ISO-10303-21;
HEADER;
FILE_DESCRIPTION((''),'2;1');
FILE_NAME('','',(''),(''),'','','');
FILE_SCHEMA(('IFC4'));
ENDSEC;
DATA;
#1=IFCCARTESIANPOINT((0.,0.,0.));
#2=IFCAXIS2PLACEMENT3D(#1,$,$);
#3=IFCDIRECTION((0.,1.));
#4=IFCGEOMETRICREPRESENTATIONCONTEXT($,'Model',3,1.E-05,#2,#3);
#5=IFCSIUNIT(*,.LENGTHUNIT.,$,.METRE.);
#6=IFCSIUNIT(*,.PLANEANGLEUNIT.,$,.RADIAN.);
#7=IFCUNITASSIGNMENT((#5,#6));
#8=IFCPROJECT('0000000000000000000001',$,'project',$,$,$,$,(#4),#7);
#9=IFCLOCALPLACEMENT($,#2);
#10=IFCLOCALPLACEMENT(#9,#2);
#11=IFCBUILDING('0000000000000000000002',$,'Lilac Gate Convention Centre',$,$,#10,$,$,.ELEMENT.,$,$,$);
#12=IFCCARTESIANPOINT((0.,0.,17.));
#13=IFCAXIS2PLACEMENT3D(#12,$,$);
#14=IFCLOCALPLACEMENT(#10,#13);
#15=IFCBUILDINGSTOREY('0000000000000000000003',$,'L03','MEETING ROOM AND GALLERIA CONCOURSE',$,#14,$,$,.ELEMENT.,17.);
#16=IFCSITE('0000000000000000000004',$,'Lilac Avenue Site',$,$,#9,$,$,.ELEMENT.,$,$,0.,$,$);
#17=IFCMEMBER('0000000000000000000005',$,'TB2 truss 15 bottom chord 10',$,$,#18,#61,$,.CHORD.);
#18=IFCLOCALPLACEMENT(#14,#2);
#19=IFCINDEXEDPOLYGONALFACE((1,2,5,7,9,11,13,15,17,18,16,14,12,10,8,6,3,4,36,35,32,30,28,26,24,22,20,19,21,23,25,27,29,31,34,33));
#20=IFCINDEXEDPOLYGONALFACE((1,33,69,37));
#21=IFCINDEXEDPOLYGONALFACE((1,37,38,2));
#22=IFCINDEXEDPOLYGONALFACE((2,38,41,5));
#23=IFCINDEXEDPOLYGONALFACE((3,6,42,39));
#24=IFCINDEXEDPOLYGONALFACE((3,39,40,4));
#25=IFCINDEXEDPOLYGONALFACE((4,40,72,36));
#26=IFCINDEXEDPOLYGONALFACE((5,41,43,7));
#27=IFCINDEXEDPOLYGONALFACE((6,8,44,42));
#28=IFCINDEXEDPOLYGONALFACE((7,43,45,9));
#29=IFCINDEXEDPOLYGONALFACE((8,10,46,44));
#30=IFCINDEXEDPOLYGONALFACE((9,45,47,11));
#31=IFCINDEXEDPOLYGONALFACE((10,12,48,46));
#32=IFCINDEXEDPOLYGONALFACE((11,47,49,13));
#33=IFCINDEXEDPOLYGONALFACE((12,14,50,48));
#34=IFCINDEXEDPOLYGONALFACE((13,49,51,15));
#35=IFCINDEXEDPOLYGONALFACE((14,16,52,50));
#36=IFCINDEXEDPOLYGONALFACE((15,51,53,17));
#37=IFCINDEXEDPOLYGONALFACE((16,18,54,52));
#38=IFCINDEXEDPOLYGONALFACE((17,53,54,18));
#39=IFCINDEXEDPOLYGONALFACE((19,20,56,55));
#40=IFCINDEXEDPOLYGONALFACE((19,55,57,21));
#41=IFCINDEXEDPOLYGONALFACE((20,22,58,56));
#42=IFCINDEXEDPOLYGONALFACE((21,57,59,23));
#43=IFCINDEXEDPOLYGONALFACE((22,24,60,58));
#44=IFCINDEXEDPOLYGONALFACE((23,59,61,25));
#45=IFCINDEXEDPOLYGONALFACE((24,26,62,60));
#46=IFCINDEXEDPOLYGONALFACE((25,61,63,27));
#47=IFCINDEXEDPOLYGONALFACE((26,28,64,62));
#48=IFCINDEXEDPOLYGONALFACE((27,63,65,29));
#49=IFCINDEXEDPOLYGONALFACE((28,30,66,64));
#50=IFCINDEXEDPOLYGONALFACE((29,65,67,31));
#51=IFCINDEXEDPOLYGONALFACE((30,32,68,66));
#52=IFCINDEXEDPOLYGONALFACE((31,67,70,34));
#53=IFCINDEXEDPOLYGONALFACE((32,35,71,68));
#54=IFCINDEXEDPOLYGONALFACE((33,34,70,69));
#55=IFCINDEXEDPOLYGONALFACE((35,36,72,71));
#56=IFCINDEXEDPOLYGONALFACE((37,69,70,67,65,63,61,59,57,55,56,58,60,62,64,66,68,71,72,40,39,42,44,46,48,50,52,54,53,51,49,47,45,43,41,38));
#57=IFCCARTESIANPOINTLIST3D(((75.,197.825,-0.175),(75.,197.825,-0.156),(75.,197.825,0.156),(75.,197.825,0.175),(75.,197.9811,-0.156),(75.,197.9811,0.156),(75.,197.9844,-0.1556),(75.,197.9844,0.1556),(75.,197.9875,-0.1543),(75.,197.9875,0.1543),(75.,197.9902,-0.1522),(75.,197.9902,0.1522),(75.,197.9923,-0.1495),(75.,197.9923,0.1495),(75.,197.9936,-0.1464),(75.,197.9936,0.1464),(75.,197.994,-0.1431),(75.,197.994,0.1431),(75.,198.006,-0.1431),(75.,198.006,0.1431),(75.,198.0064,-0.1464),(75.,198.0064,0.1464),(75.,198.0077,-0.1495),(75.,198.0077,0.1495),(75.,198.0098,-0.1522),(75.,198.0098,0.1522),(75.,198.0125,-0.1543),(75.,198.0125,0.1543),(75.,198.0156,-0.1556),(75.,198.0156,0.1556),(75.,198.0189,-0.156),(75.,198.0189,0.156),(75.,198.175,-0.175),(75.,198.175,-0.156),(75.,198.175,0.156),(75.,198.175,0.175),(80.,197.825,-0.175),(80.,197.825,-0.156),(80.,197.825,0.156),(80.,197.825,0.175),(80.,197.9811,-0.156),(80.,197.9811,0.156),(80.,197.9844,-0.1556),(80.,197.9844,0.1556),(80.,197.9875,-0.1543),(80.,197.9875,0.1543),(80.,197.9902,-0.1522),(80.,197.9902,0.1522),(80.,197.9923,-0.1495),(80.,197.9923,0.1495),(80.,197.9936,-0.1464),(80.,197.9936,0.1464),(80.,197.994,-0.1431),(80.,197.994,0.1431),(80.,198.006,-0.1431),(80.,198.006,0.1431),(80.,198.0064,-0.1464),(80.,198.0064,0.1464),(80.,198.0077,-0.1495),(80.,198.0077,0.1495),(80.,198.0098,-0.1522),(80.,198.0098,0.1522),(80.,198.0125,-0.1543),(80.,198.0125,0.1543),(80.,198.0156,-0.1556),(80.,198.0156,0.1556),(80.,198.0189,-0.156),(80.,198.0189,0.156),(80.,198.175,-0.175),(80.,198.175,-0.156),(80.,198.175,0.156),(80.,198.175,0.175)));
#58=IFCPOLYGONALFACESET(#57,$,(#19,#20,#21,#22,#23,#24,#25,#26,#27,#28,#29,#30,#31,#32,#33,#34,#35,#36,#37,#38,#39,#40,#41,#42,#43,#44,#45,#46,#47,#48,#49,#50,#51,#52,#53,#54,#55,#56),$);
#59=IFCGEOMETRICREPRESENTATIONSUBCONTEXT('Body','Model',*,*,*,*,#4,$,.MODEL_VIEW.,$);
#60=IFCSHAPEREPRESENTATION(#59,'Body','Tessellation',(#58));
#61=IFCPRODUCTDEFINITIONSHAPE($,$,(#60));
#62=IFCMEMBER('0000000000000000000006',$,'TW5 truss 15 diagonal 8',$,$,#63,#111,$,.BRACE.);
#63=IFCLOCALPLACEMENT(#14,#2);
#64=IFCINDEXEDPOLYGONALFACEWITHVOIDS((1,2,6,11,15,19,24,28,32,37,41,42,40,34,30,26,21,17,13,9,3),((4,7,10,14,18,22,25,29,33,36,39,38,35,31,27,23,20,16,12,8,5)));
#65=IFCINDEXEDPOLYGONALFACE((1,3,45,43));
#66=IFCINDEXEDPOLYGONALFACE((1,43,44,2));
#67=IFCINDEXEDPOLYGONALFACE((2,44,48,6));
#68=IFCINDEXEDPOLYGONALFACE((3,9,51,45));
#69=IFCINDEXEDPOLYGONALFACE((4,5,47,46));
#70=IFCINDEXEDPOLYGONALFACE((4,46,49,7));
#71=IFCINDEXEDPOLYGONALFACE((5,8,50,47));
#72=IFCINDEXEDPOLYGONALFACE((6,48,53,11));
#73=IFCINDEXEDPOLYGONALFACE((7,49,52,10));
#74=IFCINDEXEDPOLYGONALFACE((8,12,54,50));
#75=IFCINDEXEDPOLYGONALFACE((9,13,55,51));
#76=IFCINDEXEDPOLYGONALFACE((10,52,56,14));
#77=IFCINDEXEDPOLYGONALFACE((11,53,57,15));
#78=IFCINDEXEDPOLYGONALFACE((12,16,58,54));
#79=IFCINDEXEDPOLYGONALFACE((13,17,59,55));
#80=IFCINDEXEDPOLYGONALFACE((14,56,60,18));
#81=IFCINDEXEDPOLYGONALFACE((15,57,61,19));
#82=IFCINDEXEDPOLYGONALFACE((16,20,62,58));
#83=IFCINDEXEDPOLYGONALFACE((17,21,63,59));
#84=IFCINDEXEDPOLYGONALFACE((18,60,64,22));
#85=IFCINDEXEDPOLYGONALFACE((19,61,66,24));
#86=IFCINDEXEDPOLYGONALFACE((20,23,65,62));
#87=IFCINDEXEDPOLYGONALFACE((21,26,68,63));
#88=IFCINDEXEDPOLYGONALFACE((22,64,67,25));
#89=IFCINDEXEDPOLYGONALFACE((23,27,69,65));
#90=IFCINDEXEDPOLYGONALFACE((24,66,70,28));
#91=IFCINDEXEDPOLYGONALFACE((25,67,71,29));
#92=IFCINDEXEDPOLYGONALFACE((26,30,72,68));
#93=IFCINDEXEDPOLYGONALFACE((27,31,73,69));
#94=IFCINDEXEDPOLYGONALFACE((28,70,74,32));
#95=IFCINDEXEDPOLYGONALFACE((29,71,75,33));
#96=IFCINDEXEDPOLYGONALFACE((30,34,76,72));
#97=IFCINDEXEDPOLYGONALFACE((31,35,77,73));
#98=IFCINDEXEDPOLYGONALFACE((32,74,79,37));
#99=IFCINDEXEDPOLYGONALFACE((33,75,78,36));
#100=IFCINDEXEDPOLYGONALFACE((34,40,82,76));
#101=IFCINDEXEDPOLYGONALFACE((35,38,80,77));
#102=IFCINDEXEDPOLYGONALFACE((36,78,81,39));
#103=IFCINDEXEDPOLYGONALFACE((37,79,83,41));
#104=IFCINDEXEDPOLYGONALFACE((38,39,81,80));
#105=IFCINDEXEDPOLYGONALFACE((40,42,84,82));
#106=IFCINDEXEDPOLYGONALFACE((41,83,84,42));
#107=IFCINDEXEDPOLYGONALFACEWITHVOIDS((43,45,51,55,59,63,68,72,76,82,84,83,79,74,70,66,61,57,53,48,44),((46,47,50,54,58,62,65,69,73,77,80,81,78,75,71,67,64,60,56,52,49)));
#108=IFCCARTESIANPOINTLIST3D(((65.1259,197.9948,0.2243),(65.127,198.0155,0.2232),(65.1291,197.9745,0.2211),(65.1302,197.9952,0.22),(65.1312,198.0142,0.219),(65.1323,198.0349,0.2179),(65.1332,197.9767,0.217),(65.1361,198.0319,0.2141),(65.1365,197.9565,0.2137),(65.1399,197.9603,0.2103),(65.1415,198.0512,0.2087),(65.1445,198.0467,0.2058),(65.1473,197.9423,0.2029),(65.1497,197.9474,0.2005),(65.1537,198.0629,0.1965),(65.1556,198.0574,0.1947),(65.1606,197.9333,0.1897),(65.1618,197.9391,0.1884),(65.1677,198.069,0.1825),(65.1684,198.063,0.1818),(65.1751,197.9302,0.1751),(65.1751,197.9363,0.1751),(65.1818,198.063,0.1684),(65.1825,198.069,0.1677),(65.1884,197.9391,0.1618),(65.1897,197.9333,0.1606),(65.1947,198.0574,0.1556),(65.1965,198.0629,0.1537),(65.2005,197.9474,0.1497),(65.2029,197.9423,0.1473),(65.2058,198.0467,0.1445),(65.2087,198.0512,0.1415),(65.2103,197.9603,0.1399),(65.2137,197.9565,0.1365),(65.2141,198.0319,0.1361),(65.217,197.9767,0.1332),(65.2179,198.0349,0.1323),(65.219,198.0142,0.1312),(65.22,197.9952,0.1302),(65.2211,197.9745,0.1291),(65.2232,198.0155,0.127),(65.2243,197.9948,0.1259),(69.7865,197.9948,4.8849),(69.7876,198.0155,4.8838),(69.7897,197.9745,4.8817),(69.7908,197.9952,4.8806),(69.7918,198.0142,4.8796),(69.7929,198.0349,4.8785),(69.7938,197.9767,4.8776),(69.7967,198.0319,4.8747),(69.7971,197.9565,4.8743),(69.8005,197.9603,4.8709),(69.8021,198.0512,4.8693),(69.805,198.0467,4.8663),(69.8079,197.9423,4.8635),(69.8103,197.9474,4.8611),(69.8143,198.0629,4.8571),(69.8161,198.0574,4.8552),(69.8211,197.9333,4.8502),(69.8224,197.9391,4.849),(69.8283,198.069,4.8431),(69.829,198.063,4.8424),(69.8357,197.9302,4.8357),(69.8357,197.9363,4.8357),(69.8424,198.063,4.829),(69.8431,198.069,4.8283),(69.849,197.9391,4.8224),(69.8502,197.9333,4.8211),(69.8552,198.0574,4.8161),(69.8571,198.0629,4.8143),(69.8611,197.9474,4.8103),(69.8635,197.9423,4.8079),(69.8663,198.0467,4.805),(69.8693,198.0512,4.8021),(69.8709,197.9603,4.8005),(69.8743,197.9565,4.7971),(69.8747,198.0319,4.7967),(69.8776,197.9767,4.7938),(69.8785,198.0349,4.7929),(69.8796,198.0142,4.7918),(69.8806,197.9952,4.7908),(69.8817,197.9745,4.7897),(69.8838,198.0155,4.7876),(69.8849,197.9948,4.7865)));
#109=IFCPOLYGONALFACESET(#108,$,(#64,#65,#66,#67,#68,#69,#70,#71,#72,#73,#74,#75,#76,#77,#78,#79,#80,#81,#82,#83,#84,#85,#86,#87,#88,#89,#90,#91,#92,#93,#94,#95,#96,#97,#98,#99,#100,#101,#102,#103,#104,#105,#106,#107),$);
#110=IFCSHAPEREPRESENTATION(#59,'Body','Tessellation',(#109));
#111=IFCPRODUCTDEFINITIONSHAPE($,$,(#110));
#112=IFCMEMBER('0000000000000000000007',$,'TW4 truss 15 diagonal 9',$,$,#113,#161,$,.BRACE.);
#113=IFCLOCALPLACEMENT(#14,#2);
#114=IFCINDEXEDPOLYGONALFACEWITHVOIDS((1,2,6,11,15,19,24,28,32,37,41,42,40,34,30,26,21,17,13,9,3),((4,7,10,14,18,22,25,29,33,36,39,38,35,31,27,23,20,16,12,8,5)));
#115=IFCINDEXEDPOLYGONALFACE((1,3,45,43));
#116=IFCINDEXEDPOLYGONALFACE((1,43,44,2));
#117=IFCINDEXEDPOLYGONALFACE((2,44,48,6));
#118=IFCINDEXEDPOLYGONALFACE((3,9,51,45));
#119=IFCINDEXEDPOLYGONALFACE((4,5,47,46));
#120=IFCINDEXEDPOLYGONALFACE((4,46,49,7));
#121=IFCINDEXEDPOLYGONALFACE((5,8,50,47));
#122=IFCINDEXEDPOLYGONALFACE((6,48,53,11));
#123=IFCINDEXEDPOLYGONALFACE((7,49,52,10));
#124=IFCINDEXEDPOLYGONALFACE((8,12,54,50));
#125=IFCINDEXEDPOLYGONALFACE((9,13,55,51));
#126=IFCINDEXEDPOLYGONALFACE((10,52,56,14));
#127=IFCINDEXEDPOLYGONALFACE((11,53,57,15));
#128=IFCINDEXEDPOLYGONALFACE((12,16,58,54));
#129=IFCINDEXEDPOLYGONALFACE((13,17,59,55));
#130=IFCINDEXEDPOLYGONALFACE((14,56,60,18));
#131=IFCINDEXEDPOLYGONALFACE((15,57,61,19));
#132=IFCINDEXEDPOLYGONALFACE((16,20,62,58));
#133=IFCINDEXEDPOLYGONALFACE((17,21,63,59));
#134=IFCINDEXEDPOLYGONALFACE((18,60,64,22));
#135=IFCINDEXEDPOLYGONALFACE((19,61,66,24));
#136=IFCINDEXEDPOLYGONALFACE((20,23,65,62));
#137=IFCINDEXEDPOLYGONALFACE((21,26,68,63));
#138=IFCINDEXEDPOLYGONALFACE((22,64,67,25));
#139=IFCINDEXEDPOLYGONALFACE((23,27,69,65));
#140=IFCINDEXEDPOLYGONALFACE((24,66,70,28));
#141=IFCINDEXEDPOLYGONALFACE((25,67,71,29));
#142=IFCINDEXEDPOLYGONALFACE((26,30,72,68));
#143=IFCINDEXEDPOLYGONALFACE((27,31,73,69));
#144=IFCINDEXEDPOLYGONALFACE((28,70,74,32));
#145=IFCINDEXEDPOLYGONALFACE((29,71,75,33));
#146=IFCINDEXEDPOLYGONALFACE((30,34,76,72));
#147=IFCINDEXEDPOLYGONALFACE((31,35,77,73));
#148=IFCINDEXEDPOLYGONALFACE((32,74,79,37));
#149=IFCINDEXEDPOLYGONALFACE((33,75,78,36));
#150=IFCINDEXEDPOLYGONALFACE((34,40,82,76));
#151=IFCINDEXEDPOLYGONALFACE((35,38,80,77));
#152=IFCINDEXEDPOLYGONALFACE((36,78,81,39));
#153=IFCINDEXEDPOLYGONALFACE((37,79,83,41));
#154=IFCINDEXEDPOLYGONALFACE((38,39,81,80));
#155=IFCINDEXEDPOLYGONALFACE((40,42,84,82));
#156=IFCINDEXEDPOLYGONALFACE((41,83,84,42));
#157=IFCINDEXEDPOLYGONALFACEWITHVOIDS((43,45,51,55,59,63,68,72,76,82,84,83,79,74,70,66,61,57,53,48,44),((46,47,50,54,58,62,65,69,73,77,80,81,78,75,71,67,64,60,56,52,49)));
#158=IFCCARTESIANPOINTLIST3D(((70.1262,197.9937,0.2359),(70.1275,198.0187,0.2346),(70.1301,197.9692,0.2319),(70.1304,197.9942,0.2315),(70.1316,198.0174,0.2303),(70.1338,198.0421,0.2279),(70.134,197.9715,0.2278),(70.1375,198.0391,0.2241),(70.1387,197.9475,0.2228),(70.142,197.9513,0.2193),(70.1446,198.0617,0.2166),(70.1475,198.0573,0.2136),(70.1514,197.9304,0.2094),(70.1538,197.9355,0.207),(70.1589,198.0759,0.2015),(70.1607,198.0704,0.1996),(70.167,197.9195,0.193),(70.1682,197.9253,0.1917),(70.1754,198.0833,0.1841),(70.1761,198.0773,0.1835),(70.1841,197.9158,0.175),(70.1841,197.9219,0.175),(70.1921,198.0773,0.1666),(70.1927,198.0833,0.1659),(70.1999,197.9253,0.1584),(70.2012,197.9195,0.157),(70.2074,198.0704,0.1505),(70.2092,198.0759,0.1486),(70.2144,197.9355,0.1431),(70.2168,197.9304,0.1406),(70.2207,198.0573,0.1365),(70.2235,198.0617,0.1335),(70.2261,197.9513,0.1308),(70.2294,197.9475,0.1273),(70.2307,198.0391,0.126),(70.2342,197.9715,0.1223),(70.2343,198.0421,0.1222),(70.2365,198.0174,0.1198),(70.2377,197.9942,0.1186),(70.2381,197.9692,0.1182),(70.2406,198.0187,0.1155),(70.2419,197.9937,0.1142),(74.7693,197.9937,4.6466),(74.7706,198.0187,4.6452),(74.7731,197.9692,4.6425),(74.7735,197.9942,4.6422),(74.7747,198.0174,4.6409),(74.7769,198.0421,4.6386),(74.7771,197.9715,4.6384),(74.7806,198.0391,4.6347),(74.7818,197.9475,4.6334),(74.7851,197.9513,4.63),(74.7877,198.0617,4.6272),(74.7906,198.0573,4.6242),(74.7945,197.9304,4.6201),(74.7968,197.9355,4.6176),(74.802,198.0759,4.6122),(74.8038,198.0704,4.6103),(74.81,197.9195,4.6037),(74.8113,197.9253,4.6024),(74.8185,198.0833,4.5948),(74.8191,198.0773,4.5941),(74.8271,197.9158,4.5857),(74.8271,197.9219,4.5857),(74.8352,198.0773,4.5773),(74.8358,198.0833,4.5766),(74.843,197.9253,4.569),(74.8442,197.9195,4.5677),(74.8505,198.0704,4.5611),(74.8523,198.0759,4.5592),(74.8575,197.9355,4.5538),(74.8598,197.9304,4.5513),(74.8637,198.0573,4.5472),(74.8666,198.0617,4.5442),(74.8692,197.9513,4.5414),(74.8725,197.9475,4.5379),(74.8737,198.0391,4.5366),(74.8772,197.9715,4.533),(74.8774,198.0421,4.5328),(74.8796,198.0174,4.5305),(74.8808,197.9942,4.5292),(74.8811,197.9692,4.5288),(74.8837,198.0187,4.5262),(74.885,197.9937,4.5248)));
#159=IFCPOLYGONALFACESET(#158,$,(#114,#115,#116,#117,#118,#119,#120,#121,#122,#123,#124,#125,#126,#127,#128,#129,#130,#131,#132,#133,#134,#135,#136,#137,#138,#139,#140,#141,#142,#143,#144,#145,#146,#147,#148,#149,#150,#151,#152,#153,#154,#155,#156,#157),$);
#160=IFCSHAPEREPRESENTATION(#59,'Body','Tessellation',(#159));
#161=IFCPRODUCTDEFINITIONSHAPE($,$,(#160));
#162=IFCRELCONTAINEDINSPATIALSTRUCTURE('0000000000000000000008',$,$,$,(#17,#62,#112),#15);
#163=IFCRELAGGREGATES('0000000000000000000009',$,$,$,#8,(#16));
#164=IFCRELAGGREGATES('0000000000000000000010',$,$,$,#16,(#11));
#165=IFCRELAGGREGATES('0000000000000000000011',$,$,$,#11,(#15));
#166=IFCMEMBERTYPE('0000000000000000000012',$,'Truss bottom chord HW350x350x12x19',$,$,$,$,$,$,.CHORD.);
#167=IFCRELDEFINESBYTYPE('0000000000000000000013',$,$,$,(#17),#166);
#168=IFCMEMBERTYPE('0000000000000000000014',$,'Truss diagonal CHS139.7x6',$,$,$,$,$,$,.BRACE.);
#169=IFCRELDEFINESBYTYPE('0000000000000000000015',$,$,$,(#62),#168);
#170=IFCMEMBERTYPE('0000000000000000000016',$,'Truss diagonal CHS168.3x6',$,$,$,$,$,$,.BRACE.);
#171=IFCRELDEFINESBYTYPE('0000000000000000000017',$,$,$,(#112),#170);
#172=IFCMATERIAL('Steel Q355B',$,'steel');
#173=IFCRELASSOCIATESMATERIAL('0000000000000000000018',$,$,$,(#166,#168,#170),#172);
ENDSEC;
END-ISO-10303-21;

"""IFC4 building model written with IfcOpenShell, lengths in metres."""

from ifc_helpers import new_model, si_unit, direction, frame, origin, origin_2d, place, context, subcontext, project, spatial, hollow_circle, i_section, extrude, material, material_profile, profile_set, type_object, element, save


model = new_model("IFC4")

# Units and contexts
model_context = context("Model", 3, precision=1e-05, world=origin(), true_north=direction((0.0, 1.0)))
body_context = subcontext(model_context, "Body", "Model", "MODEL_VIEW")
ifc_project = project(units=[si_unit("LENGTHUNIT", "METRE"), si_unit("PLANEANGLEUNIT", "RADIAN")], contexts=[model_context])

# Site, building, storey
site_placement = place(None, origin())
site = spatial("IfcSite", under=ifc_project, at=site_placement, Name="Lilac Avenue Site", CompositionType="ELEMENT", RefElevation=0.0)
building_placement = place(site_placement, origin())
building = spatial("IfcBuilding", under=site, at=building_placement, Name="Lilac Gate Convention Centre", CompositionType="ELEMENT")
storey_placement = place(building_placement, frame((0.0, 0.0, 17.0)))
storey = spatial("IfcBuildingStorey", under=building, at=storey_placement, Name="L03", Description="MEETING ROOM AND GALLERIA CONCOURSE", CompositionType="ELEMENT", Elevation=17.0)

# Members
ifc_material = material(Name="Steel Q355B", Category="steel")
ifc_material_profile_1 = material_profile(ifc_material, i_section(OverallWidth=0.3501, OverallDepth=0.3501, WebThickness=0.012, FlangeThickness=0.019, FilletRadius=0.0129, at=origin_2d()), Name="HW350x350x12x19")
ifc_profile_set_1 = profile_set([ifc_material_profile_1], Name="Steel Q355B")
member_type_1 = type_object("IfcMemberType", Name="Truss bottom chord HW350x350x12x19", PredefinedType="CHORD", material=ifc_profile_set_1)
for number, where, z_axis, x_axis, name in (
    (1, (75.0, 198.0, 0.0), (1.0, 0.0, 0.0), (0.0, 1.0, 0.0), "TB2 truss 15 bottom chord 10"),
):
    element("IfcMember", number, at=place(storey_placement, frame(where, z_axis=z_axis, x_axis=x_axis)), inside=storey, type_object=member_type_1, Name=name, PredefinedType="CHORD", context=body_context, shape_type="SweptSolid", body=[
        extrude(i_section(OverallWidth=0.3501, OverallDepth=0.3501, WebThickness=0.012, FlangeThickness=0.019, FilletRadius=0.0129, at=origin_2d()), origin(), (0.0, 0.0, 1.0), 5.0),
    ])
ifc_material_profile_2 = material_profile(ifc_material, hollow_circle(Radius=0.0698, WallThickness=0.0061, at=origin_2d()), Name="CHS139.7x6")
ifc_profile_set_2 = profile_set([ifc_material_profile_2], Name="Steel Q355B")
member_type_2 = type_object("IfcMemberType", Name="Truss diagonal CHS139.7x6", PredefinedType="BRACE", material=ifc_profile_set_2)
member_1_placement = place(storey_placement, frame((69.8357, 198.0, 4.8357), z_axis=(-0.707107, 0.0, -0.707107), x_axis=(0.0, -1.0, 0.0)))
element("IfcMember", 2, at=member_1_placement, inside=storey, type_object=member_type_2, Name="TW5 truss 15 diagonal 8", PredefinedType="BRACE", context=body_context, shape_type="SweptSolid", body=[
    extrude(hollow_circle(Radius=0.0698, WallThickness=0.0061, at=origin_2d()), origin(), (0.0, 0.0, 1.0), 6.5911),
])
ifc_material_profile_3 = material_profile(ifc_material, hollow_circle(Radius=0.0842, WallThickness=0.0061, at=origin_2d()), Name="CHS168.3x6")
ifc_profile_set_3 = profile_set([ifc_material_profile_3], Name="Steel Q355B")
member_type_3 = type_object("IfcMemberType", Name="Truss diagonal CHS168.3x6", PredefinedType="BRACE", material=ifc_profile_set_3)
member_2_placement = place(storey_placement, frame((74.8271, 198.0, 4.5857), z_axis=(-0.72502, 0.0, -0.688727), x_axis=(0.0, -1.0, 0.0)))
element("IfcMember", 3, at=member_2_placement, inside=storey, type_object=member_type_3, Name="TW4 truss 15 diagonal 9", PredefinedType="BRACE", context=body_context, shape_type="SweptSolid", body=[
    extrude(hollow_circle(Radius=0.0842, WallThickness=0.0061, at=origin_2d()), origin(), (0.0, 0.0, 1.0), 6.4041),
])

save(model, "model.ifc")
